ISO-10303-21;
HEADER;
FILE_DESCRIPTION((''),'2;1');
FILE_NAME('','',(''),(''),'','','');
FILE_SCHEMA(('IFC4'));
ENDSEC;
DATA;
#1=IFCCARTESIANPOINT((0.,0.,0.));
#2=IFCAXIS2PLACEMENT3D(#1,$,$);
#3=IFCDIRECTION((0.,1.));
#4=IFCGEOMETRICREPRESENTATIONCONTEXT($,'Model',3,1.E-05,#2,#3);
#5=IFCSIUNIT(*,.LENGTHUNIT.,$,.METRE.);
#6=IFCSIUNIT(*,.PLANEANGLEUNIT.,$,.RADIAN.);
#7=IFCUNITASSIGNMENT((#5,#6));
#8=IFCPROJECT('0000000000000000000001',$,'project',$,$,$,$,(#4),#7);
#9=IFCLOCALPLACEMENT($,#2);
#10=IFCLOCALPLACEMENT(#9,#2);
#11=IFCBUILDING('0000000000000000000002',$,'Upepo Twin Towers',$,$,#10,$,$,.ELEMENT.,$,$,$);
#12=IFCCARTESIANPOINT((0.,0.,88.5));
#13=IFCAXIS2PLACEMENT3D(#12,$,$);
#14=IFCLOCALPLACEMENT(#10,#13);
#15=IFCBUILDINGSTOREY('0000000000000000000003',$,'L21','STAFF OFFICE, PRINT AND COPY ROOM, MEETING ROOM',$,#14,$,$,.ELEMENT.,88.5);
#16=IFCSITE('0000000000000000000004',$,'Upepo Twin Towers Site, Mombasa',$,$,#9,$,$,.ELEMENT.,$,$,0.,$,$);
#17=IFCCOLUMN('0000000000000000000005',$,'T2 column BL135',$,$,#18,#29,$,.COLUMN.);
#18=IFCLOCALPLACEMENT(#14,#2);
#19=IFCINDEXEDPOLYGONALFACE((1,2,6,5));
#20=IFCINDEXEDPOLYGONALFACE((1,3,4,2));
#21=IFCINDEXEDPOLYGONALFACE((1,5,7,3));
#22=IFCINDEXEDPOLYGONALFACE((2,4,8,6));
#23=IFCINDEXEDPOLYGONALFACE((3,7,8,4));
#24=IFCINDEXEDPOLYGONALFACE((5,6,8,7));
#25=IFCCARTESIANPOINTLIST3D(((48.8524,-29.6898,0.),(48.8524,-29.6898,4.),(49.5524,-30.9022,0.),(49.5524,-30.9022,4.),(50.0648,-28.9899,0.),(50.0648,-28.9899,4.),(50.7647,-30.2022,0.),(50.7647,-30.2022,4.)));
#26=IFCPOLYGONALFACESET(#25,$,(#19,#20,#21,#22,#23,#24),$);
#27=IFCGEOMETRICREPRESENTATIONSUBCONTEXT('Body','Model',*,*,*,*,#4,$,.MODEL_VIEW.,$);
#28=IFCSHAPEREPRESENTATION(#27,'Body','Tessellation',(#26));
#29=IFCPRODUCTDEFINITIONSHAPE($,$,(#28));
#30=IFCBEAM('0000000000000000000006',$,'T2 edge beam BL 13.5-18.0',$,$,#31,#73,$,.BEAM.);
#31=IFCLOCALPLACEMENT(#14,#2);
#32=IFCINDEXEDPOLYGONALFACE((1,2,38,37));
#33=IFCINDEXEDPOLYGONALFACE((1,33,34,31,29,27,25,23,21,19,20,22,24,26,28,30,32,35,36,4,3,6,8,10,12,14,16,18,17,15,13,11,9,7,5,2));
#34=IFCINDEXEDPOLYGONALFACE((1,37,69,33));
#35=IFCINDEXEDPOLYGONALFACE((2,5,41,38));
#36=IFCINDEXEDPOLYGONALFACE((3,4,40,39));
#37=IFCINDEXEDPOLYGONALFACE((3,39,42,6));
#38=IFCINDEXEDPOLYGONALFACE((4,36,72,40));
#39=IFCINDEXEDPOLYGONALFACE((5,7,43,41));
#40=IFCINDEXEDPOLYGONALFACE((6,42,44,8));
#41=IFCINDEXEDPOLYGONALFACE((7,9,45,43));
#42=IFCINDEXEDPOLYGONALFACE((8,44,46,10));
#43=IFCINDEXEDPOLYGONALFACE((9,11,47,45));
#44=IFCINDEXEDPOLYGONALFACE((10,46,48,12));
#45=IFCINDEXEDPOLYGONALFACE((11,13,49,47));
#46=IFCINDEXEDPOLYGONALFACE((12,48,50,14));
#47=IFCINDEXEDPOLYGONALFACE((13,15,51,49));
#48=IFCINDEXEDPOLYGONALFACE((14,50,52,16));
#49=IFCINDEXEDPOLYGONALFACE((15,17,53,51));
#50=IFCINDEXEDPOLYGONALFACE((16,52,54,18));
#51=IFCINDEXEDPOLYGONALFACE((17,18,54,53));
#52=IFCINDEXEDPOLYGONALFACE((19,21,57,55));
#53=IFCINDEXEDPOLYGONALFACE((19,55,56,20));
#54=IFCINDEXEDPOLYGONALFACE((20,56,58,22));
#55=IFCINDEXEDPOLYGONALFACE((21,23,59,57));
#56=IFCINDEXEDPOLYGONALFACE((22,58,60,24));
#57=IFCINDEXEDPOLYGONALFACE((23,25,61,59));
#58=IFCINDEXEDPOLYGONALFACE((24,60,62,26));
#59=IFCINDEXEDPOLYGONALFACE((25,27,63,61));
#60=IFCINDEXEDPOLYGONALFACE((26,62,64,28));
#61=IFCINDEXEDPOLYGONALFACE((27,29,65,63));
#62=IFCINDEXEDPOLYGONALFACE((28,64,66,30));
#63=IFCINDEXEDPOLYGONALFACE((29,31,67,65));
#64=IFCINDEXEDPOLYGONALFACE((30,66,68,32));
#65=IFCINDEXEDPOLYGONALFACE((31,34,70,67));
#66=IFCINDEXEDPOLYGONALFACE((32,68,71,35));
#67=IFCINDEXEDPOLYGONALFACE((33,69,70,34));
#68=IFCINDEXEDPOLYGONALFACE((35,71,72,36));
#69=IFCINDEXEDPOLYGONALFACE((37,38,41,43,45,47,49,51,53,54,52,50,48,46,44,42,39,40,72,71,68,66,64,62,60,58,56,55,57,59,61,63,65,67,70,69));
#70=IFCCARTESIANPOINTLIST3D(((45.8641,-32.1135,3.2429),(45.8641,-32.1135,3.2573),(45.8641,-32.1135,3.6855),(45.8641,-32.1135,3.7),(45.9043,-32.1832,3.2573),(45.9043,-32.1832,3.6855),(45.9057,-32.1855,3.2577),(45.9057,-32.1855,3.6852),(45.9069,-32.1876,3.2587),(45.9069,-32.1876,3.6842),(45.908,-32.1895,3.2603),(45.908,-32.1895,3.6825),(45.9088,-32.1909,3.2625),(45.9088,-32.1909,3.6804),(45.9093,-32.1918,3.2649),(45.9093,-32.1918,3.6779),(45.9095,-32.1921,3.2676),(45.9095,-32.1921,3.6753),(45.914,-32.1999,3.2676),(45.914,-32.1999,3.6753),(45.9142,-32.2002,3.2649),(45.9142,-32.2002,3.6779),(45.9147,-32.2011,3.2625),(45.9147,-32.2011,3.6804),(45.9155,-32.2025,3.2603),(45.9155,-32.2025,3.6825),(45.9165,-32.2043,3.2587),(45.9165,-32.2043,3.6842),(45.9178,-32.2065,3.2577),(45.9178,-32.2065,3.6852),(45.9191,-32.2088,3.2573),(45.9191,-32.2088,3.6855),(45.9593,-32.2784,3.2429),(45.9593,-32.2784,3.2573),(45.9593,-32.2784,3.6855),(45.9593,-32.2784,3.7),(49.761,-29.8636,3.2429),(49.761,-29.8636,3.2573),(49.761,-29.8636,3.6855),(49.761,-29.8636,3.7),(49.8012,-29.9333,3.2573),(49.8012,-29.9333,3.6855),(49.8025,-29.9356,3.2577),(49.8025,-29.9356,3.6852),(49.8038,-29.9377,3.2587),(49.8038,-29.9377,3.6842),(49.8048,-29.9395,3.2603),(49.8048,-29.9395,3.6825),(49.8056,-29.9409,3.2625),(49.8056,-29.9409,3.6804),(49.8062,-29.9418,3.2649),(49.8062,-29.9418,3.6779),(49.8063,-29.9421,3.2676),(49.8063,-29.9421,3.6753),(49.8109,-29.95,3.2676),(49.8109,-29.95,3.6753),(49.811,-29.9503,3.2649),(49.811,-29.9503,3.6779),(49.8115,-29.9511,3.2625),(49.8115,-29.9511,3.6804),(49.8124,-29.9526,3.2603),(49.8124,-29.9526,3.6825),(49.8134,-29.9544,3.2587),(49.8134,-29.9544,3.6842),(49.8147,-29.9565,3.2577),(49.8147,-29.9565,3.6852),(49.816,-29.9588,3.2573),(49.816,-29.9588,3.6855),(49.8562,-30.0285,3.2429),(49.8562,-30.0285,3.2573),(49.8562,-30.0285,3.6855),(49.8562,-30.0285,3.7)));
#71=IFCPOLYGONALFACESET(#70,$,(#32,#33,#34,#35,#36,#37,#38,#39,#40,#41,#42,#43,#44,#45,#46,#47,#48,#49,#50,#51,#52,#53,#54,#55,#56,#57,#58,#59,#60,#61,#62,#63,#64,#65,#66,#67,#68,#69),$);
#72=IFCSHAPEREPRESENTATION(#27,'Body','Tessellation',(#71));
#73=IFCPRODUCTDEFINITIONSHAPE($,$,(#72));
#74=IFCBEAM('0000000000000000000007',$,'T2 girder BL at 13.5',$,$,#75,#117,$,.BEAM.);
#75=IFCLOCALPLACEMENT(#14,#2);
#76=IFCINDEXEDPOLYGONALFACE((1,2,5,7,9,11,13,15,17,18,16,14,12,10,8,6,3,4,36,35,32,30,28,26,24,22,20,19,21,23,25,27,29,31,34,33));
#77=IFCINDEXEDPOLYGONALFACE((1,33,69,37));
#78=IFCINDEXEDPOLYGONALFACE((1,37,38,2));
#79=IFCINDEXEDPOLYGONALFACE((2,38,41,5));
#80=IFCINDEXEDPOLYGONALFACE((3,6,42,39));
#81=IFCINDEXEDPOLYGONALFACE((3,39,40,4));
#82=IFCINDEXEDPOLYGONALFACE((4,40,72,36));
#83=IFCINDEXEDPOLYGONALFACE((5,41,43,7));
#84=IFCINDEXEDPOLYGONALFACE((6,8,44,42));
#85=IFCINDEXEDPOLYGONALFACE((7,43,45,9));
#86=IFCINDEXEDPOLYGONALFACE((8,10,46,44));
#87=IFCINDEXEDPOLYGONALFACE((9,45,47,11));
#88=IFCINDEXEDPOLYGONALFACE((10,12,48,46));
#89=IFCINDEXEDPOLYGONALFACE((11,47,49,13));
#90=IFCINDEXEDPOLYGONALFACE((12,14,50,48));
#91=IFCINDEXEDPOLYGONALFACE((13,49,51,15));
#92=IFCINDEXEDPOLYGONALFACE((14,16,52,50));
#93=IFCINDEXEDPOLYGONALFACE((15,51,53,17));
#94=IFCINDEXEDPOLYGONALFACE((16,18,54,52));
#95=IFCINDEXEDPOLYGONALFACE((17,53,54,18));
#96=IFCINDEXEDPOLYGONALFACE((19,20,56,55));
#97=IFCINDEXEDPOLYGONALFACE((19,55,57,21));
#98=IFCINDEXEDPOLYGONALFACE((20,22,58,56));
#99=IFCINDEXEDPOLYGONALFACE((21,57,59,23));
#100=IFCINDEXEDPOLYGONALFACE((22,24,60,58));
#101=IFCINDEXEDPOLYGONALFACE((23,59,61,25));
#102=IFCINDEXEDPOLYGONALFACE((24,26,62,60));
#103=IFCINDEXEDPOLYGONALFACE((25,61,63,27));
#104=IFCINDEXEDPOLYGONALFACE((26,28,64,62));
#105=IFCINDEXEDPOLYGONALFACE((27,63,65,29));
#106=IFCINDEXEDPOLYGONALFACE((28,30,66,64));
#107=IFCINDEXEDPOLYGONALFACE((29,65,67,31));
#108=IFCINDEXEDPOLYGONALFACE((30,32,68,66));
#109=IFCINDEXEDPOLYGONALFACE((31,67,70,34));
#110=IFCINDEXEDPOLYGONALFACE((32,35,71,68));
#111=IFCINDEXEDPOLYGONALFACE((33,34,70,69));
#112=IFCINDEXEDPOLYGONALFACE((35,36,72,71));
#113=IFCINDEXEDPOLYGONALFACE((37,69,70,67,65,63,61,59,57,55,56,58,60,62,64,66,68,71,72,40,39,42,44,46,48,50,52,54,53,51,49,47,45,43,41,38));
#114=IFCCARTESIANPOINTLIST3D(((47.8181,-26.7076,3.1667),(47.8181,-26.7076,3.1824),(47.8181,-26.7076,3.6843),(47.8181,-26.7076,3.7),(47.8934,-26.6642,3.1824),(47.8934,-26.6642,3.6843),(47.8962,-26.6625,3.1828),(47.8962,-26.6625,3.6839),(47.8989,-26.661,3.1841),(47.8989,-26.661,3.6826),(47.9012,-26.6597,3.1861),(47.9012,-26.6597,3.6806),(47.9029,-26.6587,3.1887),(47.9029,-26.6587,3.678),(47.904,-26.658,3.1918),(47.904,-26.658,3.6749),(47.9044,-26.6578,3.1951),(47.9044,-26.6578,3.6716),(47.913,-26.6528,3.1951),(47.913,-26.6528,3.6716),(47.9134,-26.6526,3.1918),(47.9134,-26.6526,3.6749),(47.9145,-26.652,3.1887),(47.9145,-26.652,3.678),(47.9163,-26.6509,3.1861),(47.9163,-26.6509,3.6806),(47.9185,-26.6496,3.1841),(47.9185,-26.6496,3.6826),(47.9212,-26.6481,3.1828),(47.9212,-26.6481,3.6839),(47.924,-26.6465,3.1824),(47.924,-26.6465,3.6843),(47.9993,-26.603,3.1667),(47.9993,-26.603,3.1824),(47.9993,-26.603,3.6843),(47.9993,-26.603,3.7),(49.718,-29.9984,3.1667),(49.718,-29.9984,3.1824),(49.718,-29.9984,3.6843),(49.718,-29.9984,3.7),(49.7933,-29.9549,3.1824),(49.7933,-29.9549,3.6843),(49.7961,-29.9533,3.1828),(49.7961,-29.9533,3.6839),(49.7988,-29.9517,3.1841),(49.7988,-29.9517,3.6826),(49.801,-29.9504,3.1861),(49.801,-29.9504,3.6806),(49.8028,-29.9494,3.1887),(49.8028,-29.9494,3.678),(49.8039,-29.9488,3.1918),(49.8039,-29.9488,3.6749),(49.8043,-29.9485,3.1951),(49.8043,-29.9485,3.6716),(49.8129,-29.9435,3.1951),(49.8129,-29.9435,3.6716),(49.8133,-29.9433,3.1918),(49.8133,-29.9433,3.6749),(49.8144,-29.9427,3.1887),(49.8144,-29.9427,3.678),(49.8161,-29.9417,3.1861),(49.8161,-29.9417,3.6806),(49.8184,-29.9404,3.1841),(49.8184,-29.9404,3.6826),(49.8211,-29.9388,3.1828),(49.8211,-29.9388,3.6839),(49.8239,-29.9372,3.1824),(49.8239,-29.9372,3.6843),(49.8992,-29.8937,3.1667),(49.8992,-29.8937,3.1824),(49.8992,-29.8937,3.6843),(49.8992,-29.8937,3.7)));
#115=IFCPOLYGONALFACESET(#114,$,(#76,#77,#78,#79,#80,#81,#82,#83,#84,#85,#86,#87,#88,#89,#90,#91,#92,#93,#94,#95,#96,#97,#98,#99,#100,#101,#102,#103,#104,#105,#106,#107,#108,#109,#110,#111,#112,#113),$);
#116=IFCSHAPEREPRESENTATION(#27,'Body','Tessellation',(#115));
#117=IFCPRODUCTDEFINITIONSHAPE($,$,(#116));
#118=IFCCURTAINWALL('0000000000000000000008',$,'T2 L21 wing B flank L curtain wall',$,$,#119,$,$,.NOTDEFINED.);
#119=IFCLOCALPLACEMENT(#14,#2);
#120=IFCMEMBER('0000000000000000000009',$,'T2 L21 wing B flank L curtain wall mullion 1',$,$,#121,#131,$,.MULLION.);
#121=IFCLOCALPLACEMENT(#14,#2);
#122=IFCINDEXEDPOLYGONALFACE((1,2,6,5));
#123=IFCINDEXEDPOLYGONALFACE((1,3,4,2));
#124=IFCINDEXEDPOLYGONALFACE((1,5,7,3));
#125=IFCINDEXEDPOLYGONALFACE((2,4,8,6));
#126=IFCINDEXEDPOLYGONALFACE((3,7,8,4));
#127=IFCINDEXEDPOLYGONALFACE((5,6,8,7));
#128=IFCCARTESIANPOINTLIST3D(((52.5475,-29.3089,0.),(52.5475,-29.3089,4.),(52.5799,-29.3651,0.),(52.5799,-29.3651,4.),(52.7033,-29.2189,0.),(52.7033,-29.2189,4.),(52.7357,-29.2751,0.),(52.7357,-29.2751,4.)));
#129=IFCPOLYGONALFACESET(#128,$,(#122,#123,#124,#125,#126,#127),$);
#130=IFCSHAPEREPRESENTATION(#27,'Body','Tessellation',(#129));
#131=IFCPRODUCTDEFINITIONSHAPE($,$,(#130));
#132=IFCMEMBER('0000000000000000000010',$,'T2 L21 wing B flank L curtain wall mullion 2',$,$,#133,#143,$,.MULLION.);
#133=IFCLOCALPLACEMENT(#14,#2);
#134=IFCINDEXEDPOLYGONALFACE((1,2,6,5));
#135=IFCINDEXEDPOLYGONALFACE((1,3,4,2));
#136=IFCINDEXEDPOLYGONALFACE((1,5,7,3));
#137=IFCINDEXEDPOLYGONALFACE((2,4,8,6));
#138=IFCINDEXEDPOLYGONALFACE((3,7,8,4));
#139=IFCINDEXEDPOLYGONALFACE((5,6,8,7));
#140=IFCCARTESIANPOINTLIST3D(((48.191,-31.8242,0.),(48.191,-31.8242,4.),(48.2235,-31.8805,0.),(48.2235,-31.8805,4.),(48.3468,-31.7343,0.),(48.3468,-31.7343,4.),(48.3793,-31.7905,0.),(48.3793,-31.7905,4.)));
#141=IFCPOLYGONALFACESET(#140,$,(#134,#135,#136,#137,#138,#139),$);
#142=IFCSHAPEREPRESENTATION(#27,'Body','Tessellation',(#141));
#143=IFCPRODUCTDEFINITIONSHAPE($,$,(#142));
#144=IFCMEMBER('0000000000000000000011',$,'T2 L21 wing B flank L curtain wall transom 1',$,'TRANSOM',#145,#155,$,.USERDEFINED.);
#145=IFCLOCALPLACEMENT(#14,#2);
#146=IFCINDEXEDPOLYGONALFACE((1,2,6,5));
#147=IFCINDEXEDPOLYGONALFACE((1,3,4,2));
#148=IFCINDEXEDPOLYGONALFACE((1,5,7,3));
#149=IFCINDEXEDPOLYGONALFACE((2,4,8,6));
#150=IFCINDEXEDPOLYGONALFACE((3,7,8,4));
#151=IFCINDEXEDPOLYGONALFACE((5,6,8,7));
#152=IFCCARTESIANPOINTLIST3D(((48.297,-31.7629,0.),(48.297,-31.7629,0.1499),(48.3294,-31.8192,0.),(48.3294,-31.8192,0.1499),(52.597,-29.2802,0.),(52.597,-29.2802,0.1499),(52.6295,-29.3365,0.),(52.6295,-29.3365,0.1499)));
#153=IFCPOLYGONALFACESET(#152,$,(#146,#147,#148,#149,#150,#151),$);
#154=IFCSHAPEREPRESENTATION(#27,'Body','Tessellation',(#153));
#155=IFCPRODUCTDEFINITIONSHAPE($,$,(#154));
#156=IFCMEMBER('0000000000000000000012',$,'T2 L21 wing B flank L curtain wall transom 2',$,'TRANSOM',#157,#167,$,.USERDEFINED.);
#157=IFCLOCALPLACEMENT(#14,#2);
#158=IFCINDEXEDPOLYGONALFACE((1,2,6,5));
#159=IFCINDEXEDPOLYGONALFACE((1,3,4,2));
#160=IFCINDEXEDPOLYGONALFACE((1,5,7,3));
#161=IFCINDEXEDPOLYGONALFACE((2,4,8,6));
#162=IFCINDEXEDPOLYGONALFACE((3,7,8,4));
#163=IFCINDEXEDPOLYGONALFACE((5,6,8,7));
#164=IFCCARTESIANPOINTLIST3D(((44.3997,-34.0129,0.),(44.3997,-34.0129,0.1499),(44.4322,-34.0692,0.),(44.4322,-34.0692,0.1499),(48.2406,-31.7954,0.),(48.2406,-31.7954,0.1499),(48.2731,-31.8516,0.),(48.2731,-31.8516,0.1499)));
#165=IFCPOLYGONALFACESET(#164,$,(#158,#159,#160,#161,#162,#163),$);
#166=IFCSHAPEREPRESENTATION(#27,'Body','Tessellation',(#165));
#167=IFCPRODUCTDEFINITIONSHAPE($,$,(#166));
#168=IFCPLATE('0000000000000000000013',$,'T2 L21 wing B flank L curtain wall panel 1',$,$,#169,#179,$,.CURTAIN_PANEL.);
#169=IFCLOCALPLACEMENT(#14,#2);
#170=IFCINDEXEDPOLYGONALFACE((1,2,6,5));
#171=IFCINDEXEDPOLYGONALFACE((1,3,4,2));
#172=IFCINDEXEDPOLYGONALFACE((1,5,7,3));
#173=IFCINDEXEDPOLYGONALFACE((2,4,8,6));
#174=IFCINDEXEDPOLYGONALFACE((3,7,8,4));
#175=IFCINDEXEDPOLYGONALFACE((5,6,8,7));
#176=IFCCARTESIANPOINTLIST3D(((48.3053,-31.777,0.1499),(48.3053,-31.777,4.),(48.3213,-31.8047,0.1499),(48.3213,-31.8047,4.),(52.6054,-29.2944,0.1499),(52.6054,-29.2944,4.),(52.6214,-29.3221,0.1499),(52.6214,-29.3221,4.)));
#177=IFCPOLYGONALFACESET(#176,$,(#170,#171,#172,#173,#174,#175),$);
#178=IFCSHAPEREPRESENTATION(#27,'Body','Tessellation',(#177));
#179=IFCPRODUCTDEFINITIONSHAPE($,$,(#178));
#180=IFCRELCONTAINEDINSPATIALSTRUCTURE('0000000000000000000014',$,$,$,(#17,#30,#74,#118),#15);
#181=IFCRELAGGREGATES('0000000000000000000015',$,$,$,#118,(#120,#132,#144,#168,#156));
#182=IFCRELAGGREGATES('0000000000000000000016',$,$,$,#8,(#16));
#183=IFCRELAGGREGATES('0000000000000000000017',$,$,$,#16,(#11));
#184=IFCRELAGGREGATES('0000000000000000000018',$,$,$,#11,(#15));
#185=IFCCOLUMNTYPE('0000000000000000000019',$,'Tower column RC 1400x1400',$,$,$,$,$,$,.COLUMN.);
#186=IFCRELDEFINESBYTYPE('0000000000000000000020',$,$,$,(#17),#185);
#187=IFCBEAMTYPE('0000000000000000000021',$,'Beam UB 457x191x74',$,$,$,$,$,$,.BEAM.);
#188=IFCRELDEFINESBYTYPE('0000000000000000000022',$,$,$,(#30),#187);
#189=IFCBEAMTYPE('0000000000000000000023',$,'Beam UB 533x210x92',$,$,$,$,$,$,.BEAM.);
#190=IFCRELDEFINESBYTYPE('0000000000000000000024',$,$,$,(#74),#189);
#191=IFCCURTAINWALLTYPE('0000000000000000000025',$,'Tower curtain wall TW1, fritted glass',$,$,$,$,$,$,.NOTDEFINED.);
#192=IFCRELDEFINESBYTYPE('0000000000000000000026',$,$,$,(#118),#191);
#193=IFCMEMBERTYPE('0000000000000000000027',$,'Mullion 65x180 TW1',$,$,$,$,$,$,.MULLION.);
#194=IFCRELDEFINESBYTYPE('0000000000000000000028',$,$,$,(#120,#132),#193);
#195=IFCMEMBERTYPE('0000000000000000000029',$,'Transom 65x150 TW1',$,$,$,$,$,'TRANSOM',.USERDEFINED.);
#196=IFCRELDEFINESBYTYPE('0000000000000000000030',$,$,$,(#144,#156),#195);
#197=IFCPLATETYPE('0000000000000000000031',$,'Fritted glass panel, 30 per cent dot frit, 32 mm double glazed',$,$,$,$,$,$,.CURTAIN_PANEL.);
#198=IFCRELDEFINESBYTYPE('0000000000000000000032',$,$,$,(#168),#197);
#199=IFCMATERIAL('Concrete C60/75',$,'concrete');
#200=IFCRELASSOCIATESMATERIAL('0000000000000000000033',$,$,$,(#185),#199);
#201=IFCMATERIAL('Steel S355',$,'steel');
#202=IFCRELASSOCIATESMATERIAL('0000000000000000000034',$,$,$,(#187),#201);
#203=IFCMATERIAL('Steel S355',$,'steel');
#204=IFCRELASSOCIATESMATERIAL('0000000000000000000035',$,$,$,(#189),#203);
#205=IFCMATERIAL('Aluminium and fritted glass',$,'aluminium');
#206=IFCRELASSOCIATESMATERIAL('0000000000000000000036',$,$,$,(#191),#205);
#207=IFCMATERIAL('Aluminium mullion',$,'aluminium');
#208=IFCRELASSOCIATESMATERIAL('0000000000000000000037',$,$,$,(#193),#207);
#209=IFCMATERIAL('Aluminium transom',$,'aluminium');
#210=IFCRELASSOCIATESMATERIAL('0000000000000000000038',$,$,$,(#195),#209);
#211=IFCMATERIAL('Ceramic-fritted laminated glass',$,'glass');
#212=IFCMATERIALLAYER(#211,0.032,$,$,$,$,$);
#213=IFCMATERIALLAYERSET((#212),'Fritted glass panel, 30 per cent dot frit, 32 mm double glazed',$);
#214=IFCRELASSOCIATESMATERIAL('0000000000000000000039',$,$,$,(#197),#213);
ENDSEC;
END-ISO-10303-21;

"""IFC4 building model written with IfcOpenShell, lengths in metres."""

from ifc_helpers import new_model, si_unit, direction, frame, origin, origin_2d, place, context, subcontext, project, spatial, rectangle, i_section, extrude, material, layer, layer_set, material_profile, profile_set, type_object, element, aggregate, save


model = new_model("IFC4")

# Units and contexts
model_context = context("Model", 3, precision=1e-05, world=origin(), true_north=direction((0.0, 1.0)))
body_context = subcontext(model_context, "Body", "Model", "MODEL_VIEW")
ifc_project = project(units=[si_unit("LENGTHUNIT", "METRE"), si_unit("PLANEANGLEUNIT", "RADIAN")], contexts=[model_context])

# Site, building, storey
site_placement = place(None, origin())
site = spatial("IfcSite", under=ifc_project, at=site_placement, Name="Upepo Twin Towers Site, Mombasa", CompositionType="ELEMENT", RefElevation=0.0)
building_placement = place(site_placement, origin())
building = spatial("IfcBuilding", under=site, at=building_placement, Name="Upepo Twin Towers", CompositionType="ELEMENT")
storey_placement = place(building_placement, frame((0.0, 0.0, 88.5)))
storey = spatial("IfcBuildingStorey", under=building, at=storey_placement, Name="L21", Description="STAFF OFFICE, PRINT AND COPY ROOM, MEETING ROOM", CompositionType="ELEMENT", Elevation=88.5)

# Column
ifc_material_1 = material(Name="Concrete C60/75", Category="concrete")
ifc_material_profile_1 = material_profile(ifc_material_1, rectangle(XDim=1.3999, YDim=1.3999, at=origin_2d()), Name="RC 1400x1400")
ifc_profile_set_1 = profile_set([ifc_material_profile_1], Name="Concrete C60/75")
column_type = type_object("IfcColumnType", Name="Tower column RC 1400x1400", PredefinedType="COLUMN", material=ifc_profile_set_1)
column_placement = place(storey_placement, frame((49.8086, -29.946, 0.0), z_axis=(0.0, 0.0, 1.0), x_axis=(0.866025, 0.5, 0.0)))
element("IfcColumn", 1, at=column_placement, inside=storey, type_object=column_type, Name="T2 column BL135", PredefinedType="COLUMN", context=body_context, shape_type="SweptSolid", body=[
    extrude(rectangle(XDim=1.3999, YDim=1.3999, at=origin_2d()), origin(), (0.0, 0.0, 1.0), 4.0),
])

# Beams
ifc_material_2 = material(Name="Steel S355", Category="steel")
ifc_material_profile_2 = material_profile(ifc_material_2, i_section(OverallWidth=0.1904, OverallDepth=0.457, WebThickness=0.009, FlangeThickness=0.0144, FilletRadius=0.0103, at=origin_2d()), Name="UB 457x191x74")
ifc_profile_set_2 = profile_set([ifc_material_profile_2], Name="Steel S355")
beam_type_1 = type_object("IfcBeamType", Name="Beam UB 457x191x74", PredefinedType="BEAM", material=ifc_profile_set_2)
beam_1_placement = place(storey_placement, frame((49.8086, -29.946, 3.4714), z_axis=(-0.866018, -0.500014, 0.0), x_axis=(0.500014, -0.866018, 0.0)))
element("IfcBeam", 2, at=beam_1_placement, inside=storey, type_object=beam_type_1, Name="T2 edge beam BL 13.5-18.0", PredefinedType="BEAM", context=body_context, shape_type="SweptSolid", body=[
    extrude(i_section(OverallWidth=0.1904, OverallDepth=0.457, WebThickness=0.009, FlangeThickness=0.0144, FilletRadius=0.0103, at=origin_2d()), origin(), (0.0, 0.0, 1.0), 4.4998),
])
ifc_material_3 = material(Name="Steel S355", Category="steel")
ifc_material_profile_3 = material_profile(ifc_material_3, i_section(OverallWidth=0.2092, OverallDepth=0.5332, WebThickness=0.01, FlangeThickness=0.0156, FilletRadius=0.0127, at=origin_2d()), Name="UB 533x210x92")
ifc_profile_set_3 = profile_set([ifc_material_profile_3], Name="Steel S355")
beam_type_2 = type_object("IfcBeamType", Name="Beam UB 533x210x92", PredefinedType="BEAM", material=ifc_profile_set_3)
beam_2_placement = place(storey_placement, frame((49.8086, -29.946, 3.4333), z_axis=(-0.499995, 0.866028, 0.0), x_axis=(-0.866028, -0.499995, 0.0)))
element("IfcBeam", 3, at=beam_2_placement, inside=storey, type_object=beam_type_2, Name="T2 girder BL at 13.5", PredefinedType="BEAM", context=body_context, shape_type="SweptSolid", body=[
    extrude(i_section(OverallWidth=0.2092, OverallDepth=0.5332, WebThickness=0.01, FlangeThickness=0.0156, FilletRadius=0.0127, at=origin_2d()), origin(), (0.0, 0.0, 1.0), 3.7998),
])

# Curtain wall, members, plate
ifc_material_4 = material(Name="Aluminium and fritted glass", Category="aluminium")
curtain_wall_type = type_object("IfcCurtainWallType", Name="Tower curtain wall TW1, fritted glass", PredefinedType="NOTDEFINED", material=ifc_material_4)
curtain_wall_placement = place(storey_placement, origin())
curtain_wall = element("IfcCurtainWall", 4, at=curtain_wall_placement, inside=storey, type_object=curtain_wall_type, Name="T2 L21 wing B flank L curtain wall", PredefinedType="NOTDEFINED")
ifc_material_5 = material(Name="Aluminium mullion", Category="aluminium")
ifc_material_profile_4 = material_profile(ifc_material_5, rectangle(XDim=0.0649, YDim=0.1799, at=origin_2d()), Name="MULLION 65x180")
ifc_profile_set_4 = profile_set([ifc_material_profile_4], Name="Aluminium mullion")
member_type_1 = type_object("IfcMemberType", Name="Mullion 65x180 TW1", PredefinedType="MULLION", material=ifc_profile_set_4)
member_1_placement = place(storey_placement, frame((52.6416, -29.292, 0.0), z_axis=(0.0, 0.0, 1.0), x_axis=(0.5, -0.866025, 0.0)))
member_1 = element("IfcMember", 5, at=member_1_placement, type_object=member_type_1, Name="T2 L21 wing B flank L curtain wall mullion 1", PredefinedType="MULLION", context=body_context, shape_type="SweptSolid", body=[
    extrude(rectangle(XDim=0.0649, YDim=0.1799, at=origin_2d()), origin(), (0.0, 0.0, 1.0), 4.0),
])
member_2_placement = place(storey_placement, frame((48.2852, -31.8074, 0.0), z_axis=(0.0, 0.0, 1.0), x_axis=(0.5, -0.866025, 0.0)))
member_2 = element("IfcMember", 6, at=member_2_placement, type_object=member_type_1, Name="T2 L21 wing B flank L curtain wall mullion 2", PredefinedType="MULLION", context=body_context, shape_type="SweptSolid", body=[
    extrude(rectangle(XDim=0.0649, YDim=0.1799, at=origin_2d()), origin(), (0.0, 0.0, 1.0), 4.0),
])
ifc_material_6 = material(Name="Aluminium transom", Category="aluminium")
ifc_material_profile_5 = material_profile(ifc_material_6, rectangle(XDim=0.0649, YDim=0.1499, at=origin_2d()), Name="TRANSOM 65x150")
ifc_profile_set_5 = profile_set([ifc_material_profile_5], Name="Aluminium transom")
member_type_2 = type_object("IfcMemberType", Name="Transom 65x150 TW1", ElementType="TRANSOM", PredefinedType="USERDEFINED", material=ifc_profile_set_5)
member_3_placement = place(storey_placement, frame((52.6133, -29.3083, 0.075), z_axis=(-0.866023, -0.500005, 0.0), x_axis=(0.500005, -0.866023, 0.0)))
member_3 = element("IfcMember", 7, at=member_3_placement, type_object=member_type_2, Name="T2 L21 wing B flank L curtain wall transom 1", ObjectType="TRANSOM", PredefinedType="USERDEFINED", context=body_context, shape_type="SweptSolid", body=[
    extrude(rectangle(XDim=0.0649, YDim=0.1499, at=origin_2d()), origin(), (0.0, 0.0, 1.0), 4.9653),
])
member_4_placement = place(storey_placement, frame((48.2568, -31.8235, 0.075), z_axis=(-0.866022, -0.500005, 0.0), x_axis=(0.500005, -0.866022, 0.0)))
member_4 = element("IfcMember", 8, at=member_4_placement, type_object=member_type_2, Name="T2 L21 wing B flank L curtain wall transom 2", ObjectType="TRANSOM", PredefinedType="USERDEFINED", context=body_context, shape_type="SweptSolid", body=[
    extrude(rectangle(XDim=0.0649, YDim=0.1499, at=origin_2d()), origin(), (0.0, 0.0, 1.0), 4.4351),
])
ifc_material_7 = material(Name="Ceramic-fritted laminated glass", Category="glass")
ifc_layer_1 = layer(ifc_material_7, 0.032)
ifc_layer_set_1 = layer_set([ifc_layer_1], Name="Fritted glass panel, 30 per cent dot frit, 32 mm double glazed")
plate_type = type_object("IfcPlateType", Name="Fritted glass panel, 30 per cent dot frit, 32 mm double glazed", PredefinedType="CURTAIN_PANEL", material=ifc_layer_set_1)
plate_1_placement = place(storey_placement, frame((50.4634, -30.5496, 0.1499), z_axis=(0.0, 0.0, 1.0), x_axis=(-0.866025, -0.5, 0.0)))
plate_1 = element("IfcPlate", 9, at=plate_1_placement, type_object=plate_type, Name="T2 L21 wing B flank L curtain wall panel 1", PredefinedType="CURTAIN_PANEL", context=body_context, shape_type="SweptSolid", body=[
    extrude(rectangle(XDim=4.9653, YDim=0.032, at=origin_2d()), origin(), (0.0, 0.0, 1.0), 3.8501),
])
aggregate(curtain_wall, [member_1, member_2, member_3, plate_1, member_4])

save(model, "model.ifc")
